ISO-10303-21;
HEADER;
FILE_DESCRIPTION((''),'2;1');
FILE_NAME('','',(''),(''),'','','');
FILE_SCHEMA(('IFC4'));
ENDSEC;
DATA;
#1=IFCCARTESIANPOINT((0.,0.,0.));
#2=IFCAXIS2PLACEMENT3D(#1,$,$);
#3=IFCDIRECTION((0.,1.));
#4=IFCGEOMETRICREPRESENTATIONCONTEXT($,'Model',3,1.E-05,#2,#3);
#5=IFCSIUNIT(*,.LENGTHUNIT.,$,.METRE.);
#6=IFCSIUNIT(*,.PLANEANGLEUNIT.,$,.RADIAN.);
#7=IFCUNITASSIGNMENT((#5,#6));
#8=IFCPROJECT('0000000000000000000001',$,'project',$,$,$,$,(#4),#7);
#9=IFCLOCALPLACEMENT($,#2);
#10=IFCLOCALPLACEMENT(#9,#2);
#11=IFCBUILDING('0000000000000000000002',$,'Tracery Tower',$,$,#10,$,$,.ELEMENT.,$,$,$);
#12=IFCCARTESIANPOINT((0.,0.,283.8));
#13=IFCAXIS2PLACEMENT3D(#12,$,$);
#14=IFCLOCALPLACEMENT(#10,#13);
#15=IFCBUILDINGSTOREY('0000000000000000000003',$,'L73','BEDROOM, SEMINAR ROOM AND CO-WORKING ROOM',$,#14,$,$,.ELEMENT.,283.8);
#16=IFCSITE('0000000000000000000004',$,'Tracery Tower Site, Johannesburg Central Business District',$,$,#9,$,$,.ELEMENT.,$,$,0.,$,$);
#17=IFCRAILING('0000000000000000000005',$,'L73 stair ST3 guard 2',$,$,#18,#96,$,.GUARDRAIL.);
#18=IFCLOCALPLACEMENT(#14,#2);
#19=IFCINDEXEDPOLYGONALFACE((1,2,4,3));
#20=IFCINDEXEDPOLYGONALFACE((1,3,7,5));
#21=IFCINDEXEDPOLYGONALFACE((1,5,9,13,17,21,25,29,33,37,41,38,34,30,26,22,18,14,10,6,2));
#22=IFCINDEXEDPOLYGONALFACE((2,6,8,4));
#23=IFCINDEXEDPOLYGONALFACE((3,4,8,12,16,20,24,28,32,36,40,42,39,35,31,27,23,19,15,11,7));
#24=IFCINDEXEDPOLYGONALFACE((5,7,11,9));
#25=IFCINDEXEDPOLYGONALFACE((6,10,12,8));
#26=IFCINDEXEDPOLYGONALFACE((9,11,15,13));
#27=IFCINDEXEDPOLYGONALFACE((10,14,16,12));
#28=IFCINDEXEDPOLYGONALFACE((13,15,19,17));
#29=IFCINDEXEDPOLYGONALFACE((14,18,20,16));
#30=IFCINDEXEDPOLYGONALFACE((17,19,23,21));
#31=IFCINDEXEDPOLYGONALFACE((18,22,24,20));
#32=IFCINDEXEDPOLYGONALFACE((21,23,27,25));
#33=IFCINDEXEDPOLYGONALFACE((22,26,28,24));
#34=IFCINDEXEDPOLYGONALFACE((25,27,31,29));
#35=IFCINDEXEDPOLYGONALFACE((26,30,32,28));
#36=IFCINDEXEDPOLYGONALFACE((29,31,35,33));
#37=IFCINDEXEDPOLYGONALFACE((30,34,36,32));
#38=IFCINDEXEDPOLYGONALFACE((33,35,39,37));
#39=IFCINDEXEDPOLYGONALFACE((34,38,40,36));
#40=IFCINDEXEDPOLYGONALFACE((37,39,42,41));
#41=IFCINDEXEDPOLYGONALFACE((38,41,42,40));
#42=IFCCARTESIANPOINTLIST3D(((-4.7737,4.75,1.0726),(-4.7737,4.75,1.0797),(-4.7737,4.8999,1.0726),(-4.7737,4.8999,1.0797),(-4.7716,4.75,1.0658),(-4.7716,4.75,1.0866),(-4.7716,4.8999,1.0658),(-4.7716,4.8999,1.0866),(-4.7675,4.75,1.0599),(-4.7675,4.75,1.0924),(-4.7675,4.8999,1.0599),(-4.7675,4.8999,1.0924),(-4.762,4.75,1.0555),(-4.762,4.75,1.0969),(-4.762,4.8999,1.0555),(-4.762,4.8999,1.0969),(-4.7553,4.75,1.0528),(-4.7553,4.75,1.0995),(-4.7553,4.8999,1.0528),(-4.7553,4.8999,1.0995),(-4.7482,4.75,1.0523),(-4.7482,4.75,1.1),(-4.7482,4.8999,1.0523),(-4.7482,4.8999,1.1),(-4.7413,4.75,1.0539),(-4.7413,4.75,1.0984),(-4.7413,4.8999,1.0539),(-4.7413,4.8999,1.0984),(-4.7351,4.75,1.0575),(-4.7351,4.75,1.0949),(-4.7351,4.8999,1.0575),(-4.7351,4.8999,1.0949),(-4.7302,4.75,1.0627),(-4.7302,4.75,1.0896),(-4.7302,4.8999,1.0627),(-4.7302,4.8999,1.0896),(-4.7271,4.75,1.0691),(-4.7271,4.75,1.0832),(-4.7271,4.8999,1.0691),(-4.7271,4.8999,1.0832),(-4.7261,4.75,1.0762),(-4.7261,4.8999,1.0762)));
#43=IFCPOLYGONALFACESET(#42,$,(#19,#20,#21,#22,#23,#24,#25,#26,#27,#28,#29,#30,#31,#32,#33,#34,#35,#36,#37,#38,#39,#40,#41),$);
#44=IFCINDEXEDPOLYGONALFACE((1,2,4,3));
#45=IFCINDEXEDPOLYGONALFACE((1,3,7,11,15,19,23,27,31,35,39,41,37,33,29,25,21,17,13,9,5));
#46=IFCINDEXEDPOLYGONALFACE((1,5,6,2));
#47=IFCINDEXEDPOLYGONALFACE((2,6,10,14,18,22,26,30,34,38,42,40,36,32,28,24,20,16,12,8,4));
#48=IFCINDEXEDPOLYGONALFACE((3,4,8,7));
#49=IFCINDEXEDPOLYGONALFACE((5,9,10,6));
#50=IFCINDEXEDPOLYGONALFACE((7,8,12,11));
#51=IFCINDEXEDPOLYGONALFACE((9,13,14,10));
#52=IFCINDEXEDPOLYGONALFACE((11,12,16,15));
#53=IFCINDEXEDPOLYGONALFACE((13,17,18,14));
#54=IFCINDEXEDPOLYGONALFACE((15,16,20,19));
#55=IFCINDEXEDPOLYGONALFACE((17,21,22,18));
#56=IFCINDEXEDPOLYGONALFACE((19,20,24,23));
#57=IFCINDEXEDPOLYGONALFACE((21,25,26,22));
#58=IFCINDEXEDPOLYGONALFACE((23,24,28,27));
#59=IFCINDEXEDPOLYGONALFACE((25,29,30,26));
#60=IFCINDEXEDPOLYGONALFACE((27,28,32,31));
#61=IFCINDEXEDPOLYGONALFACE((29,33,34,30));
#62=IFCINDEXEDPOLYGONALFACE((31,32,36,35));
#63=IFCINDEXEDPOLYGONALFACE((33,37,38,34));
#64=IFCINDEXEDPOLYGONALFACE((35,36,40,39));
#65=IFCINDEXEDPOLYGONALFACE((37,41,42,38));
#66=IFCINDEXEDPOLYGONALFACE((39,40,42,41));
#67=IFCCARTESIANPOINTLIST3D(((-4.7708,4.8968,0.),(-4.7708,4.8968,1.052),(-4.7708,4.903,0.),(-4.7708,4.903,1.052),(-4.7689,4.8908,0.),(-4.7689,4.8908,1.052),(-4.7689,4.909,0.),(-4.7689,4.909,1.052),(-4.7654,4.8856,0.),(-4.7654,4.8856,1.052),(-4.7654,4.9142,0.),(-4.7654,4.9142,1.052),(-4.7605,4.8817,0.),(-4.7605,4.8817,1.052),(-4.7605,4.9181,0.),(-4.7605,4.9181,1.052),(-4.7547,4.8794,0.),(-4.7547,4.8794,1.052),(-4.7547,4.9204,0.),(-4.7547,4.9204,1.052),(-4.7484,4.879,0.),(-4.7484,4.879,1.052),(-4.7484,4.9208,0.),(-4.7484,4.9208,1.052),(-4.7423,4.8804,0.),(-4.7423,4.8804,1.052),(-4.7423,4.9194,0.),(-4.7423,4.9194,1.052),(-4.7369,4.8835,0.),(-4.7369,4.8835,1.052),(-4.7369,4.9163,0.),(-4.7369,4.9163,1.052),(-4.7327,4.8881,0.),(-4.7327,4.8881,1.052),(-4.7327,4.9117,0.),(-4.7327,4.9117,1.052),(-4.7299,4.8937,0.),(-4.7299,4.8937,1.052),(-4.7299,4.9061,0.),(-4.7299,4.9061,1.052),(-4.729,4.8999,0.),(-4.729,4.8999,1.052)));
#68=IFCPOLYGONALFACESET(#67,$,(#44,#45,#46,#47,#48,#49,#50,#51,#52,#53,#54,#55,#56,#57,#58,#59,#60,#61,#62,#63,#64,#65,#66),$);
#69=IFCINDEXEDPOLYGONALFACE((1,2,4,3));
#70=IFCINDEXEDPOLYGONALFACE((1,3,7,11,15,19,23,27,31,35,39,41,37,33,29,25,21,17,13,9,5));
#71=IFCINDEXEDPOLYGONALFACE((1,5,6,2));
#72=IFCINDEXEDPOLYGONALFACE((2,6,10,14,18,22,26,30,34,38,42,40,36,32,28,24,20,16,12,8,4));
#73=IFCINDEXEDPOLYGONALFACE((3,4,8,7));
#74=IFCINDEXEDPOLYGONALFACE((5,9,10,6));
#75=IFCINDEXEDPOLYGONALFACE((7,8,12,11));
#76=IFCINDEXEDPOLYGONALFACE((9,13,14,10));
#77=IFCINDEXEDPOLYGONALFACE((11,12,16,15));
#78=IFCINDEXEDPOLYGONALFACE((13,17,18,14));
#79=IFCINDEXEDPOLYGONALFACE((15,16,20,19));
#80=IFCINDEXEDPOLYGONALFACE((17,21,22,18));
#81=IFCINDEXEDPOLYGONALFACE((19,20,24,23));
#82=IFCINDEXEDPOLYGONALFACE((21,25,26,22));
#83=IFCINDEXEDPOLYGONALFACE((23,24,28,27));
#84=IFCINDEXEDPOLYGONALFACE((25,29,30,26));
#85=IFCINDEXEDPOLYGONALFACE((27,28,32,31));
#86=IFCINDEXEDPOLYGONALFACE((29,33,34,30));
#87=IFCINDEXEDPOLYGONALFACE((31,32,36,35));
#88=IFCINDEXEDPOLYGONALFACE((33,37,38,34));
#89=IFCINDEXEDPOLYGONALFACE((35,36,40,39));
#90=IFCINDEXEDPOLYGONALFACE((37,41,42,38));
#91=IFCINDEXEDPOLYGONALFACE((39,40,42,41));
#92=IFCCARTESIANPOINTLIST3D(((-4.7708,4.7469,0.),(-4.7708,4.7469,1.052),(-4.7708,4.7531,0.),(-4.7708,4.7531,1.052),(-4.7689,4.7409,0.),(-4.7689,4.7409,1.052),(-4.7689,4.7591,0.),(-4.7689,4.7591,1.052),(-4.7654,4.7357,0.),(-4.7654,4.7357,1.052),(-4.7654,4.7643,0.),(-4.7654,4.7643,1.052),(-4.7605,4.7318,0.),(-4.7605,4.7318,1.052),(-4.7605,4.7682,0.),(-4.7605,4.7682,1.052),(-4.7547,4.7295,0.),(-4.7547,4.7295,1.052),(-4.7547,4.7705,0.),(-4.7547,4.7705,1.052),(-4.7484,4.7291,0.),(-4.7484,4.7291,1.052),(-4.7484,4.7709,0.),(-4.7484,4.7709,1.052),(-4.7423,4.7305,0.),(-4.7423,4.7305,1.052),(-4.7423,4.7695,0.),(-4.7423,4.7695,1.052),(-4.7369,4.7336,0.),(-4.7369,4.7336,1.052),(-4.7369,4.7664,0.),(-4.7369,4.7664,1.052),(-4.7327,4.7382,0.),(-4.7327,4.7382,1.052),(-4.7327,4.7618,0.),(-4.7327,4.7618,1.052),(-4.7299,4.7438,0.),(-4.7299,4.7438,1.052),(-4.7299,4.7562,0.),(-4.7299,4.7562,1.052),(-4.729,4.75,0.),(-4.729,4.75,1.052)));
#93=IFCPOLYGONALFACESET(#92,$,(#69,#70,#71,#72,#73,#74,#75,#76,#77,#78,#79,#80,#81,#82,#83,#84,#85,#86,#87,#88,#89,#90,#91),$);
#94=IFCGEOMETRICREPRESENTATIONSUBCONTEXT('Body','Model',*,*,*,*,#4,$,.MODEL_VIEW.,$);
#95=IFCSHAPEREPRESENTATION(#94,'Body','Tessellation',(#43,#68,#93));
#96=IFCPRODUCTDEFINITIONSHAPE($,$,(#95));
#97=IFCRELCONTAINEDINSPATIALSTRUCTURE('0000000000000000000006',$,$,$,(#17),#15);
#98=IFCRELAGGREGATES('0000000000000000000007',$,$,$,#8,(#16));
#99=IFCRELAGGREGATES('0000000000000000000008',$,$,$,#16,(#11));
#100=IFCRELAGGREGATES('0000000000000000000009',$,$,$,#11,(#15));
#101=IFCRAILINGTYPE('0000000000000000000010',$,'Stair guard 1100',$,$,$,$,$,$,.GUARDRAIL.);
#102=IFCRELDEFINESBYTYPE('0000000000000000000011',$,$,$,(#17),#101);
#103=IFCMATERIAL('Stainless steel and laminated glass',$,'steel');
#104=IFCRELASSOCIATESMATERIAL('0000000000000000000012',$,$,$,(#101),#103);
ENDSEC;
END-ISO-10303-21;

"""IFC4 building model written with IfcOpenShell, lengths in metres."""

from ifc_helpers import new_model, si_unit, direction, frame, origin, origin_2d, place, context, subcontext, project, spatial, circle, extrude, material, type_object, element, save


model = new_model("IFC4")

# Units and contexts
model_context = context("Model", 3, precision=1e-05, world=origin(), true_north=direction((0.0, 1.0)))
body_context = subcontext(model_context, "Body", "Model", "MODEL_VIEW")
ifc_project = project(units=[si_unit("LENGTHUNIT", "METRE"), si_unit("PLANEANGLEUNIT", "RADIAN")], contexts=[model_context])

# Site, building, storey
site_placement = place(None, origin())
site = spatial("IfcSite", under=ifc_project, at=site_placement, Name="Tracery Tower Site, Johannesburg Central Business District", CompositionType="ELEMENT", RefElevation=0.0)
building_placement = place(site_placement, origin())
building = spatial("IfcBuilding", under=site, at=building_placement, Name="Tracery Tower", CompositionType="ELEMENT")
storey_placement = place(building_placement, frame((0.0, 0.0, 283.8)))
storey = spatial("IfcBuildingStorey", under=building, at=storey_placement, Name="L73", Description="BEDROOM, SEMINAR ROOM AND CO-WORKING ROOM", CompositionType="ELEMENT", Elevation=283.8)

# Railing
ifc_material_1 = material(Name="Stainless steel and laminated glass", Category="steel")
railing_type_1 = type_object("IfcRailingType", Name="Stair guard 1100", PredefinedType="GUARDRAIL", material=ifc_material_1)
railing_1_placement = place(storey_placement, frame((-4.75, 4.8999, 0.0)))
element("IfcRailing", 1, at=railing_1_placement, inside=storey, type_object=railing_type_1, Name="L73 stair ST3 guard 2", PredefinedType="GUARDRAIL", context=body_context, shape_type="SweptSolid", body=[
    extrude(circle(Radius=0.0239, at=origin_2d()), frame((0.0, 0.0, 1.0762), z_axis=(0.0, -1.0, 0.0), x_axis=(1.0, 0.0, 0.0)), (0.0, 0.0, 1.0), 0.1499),
    extrude(circle(Radius=0.021, at=origin_2d()), origin(), (0.0, 0.0, 1.0), 1.052),
    extrude(circle(Radius=0.021, at=origin_2d()), frame((0.0, -0.1499, 0.0)), (0.0, 0.0, 1.0), 1.052),
])

save(model, "model.ifc")
